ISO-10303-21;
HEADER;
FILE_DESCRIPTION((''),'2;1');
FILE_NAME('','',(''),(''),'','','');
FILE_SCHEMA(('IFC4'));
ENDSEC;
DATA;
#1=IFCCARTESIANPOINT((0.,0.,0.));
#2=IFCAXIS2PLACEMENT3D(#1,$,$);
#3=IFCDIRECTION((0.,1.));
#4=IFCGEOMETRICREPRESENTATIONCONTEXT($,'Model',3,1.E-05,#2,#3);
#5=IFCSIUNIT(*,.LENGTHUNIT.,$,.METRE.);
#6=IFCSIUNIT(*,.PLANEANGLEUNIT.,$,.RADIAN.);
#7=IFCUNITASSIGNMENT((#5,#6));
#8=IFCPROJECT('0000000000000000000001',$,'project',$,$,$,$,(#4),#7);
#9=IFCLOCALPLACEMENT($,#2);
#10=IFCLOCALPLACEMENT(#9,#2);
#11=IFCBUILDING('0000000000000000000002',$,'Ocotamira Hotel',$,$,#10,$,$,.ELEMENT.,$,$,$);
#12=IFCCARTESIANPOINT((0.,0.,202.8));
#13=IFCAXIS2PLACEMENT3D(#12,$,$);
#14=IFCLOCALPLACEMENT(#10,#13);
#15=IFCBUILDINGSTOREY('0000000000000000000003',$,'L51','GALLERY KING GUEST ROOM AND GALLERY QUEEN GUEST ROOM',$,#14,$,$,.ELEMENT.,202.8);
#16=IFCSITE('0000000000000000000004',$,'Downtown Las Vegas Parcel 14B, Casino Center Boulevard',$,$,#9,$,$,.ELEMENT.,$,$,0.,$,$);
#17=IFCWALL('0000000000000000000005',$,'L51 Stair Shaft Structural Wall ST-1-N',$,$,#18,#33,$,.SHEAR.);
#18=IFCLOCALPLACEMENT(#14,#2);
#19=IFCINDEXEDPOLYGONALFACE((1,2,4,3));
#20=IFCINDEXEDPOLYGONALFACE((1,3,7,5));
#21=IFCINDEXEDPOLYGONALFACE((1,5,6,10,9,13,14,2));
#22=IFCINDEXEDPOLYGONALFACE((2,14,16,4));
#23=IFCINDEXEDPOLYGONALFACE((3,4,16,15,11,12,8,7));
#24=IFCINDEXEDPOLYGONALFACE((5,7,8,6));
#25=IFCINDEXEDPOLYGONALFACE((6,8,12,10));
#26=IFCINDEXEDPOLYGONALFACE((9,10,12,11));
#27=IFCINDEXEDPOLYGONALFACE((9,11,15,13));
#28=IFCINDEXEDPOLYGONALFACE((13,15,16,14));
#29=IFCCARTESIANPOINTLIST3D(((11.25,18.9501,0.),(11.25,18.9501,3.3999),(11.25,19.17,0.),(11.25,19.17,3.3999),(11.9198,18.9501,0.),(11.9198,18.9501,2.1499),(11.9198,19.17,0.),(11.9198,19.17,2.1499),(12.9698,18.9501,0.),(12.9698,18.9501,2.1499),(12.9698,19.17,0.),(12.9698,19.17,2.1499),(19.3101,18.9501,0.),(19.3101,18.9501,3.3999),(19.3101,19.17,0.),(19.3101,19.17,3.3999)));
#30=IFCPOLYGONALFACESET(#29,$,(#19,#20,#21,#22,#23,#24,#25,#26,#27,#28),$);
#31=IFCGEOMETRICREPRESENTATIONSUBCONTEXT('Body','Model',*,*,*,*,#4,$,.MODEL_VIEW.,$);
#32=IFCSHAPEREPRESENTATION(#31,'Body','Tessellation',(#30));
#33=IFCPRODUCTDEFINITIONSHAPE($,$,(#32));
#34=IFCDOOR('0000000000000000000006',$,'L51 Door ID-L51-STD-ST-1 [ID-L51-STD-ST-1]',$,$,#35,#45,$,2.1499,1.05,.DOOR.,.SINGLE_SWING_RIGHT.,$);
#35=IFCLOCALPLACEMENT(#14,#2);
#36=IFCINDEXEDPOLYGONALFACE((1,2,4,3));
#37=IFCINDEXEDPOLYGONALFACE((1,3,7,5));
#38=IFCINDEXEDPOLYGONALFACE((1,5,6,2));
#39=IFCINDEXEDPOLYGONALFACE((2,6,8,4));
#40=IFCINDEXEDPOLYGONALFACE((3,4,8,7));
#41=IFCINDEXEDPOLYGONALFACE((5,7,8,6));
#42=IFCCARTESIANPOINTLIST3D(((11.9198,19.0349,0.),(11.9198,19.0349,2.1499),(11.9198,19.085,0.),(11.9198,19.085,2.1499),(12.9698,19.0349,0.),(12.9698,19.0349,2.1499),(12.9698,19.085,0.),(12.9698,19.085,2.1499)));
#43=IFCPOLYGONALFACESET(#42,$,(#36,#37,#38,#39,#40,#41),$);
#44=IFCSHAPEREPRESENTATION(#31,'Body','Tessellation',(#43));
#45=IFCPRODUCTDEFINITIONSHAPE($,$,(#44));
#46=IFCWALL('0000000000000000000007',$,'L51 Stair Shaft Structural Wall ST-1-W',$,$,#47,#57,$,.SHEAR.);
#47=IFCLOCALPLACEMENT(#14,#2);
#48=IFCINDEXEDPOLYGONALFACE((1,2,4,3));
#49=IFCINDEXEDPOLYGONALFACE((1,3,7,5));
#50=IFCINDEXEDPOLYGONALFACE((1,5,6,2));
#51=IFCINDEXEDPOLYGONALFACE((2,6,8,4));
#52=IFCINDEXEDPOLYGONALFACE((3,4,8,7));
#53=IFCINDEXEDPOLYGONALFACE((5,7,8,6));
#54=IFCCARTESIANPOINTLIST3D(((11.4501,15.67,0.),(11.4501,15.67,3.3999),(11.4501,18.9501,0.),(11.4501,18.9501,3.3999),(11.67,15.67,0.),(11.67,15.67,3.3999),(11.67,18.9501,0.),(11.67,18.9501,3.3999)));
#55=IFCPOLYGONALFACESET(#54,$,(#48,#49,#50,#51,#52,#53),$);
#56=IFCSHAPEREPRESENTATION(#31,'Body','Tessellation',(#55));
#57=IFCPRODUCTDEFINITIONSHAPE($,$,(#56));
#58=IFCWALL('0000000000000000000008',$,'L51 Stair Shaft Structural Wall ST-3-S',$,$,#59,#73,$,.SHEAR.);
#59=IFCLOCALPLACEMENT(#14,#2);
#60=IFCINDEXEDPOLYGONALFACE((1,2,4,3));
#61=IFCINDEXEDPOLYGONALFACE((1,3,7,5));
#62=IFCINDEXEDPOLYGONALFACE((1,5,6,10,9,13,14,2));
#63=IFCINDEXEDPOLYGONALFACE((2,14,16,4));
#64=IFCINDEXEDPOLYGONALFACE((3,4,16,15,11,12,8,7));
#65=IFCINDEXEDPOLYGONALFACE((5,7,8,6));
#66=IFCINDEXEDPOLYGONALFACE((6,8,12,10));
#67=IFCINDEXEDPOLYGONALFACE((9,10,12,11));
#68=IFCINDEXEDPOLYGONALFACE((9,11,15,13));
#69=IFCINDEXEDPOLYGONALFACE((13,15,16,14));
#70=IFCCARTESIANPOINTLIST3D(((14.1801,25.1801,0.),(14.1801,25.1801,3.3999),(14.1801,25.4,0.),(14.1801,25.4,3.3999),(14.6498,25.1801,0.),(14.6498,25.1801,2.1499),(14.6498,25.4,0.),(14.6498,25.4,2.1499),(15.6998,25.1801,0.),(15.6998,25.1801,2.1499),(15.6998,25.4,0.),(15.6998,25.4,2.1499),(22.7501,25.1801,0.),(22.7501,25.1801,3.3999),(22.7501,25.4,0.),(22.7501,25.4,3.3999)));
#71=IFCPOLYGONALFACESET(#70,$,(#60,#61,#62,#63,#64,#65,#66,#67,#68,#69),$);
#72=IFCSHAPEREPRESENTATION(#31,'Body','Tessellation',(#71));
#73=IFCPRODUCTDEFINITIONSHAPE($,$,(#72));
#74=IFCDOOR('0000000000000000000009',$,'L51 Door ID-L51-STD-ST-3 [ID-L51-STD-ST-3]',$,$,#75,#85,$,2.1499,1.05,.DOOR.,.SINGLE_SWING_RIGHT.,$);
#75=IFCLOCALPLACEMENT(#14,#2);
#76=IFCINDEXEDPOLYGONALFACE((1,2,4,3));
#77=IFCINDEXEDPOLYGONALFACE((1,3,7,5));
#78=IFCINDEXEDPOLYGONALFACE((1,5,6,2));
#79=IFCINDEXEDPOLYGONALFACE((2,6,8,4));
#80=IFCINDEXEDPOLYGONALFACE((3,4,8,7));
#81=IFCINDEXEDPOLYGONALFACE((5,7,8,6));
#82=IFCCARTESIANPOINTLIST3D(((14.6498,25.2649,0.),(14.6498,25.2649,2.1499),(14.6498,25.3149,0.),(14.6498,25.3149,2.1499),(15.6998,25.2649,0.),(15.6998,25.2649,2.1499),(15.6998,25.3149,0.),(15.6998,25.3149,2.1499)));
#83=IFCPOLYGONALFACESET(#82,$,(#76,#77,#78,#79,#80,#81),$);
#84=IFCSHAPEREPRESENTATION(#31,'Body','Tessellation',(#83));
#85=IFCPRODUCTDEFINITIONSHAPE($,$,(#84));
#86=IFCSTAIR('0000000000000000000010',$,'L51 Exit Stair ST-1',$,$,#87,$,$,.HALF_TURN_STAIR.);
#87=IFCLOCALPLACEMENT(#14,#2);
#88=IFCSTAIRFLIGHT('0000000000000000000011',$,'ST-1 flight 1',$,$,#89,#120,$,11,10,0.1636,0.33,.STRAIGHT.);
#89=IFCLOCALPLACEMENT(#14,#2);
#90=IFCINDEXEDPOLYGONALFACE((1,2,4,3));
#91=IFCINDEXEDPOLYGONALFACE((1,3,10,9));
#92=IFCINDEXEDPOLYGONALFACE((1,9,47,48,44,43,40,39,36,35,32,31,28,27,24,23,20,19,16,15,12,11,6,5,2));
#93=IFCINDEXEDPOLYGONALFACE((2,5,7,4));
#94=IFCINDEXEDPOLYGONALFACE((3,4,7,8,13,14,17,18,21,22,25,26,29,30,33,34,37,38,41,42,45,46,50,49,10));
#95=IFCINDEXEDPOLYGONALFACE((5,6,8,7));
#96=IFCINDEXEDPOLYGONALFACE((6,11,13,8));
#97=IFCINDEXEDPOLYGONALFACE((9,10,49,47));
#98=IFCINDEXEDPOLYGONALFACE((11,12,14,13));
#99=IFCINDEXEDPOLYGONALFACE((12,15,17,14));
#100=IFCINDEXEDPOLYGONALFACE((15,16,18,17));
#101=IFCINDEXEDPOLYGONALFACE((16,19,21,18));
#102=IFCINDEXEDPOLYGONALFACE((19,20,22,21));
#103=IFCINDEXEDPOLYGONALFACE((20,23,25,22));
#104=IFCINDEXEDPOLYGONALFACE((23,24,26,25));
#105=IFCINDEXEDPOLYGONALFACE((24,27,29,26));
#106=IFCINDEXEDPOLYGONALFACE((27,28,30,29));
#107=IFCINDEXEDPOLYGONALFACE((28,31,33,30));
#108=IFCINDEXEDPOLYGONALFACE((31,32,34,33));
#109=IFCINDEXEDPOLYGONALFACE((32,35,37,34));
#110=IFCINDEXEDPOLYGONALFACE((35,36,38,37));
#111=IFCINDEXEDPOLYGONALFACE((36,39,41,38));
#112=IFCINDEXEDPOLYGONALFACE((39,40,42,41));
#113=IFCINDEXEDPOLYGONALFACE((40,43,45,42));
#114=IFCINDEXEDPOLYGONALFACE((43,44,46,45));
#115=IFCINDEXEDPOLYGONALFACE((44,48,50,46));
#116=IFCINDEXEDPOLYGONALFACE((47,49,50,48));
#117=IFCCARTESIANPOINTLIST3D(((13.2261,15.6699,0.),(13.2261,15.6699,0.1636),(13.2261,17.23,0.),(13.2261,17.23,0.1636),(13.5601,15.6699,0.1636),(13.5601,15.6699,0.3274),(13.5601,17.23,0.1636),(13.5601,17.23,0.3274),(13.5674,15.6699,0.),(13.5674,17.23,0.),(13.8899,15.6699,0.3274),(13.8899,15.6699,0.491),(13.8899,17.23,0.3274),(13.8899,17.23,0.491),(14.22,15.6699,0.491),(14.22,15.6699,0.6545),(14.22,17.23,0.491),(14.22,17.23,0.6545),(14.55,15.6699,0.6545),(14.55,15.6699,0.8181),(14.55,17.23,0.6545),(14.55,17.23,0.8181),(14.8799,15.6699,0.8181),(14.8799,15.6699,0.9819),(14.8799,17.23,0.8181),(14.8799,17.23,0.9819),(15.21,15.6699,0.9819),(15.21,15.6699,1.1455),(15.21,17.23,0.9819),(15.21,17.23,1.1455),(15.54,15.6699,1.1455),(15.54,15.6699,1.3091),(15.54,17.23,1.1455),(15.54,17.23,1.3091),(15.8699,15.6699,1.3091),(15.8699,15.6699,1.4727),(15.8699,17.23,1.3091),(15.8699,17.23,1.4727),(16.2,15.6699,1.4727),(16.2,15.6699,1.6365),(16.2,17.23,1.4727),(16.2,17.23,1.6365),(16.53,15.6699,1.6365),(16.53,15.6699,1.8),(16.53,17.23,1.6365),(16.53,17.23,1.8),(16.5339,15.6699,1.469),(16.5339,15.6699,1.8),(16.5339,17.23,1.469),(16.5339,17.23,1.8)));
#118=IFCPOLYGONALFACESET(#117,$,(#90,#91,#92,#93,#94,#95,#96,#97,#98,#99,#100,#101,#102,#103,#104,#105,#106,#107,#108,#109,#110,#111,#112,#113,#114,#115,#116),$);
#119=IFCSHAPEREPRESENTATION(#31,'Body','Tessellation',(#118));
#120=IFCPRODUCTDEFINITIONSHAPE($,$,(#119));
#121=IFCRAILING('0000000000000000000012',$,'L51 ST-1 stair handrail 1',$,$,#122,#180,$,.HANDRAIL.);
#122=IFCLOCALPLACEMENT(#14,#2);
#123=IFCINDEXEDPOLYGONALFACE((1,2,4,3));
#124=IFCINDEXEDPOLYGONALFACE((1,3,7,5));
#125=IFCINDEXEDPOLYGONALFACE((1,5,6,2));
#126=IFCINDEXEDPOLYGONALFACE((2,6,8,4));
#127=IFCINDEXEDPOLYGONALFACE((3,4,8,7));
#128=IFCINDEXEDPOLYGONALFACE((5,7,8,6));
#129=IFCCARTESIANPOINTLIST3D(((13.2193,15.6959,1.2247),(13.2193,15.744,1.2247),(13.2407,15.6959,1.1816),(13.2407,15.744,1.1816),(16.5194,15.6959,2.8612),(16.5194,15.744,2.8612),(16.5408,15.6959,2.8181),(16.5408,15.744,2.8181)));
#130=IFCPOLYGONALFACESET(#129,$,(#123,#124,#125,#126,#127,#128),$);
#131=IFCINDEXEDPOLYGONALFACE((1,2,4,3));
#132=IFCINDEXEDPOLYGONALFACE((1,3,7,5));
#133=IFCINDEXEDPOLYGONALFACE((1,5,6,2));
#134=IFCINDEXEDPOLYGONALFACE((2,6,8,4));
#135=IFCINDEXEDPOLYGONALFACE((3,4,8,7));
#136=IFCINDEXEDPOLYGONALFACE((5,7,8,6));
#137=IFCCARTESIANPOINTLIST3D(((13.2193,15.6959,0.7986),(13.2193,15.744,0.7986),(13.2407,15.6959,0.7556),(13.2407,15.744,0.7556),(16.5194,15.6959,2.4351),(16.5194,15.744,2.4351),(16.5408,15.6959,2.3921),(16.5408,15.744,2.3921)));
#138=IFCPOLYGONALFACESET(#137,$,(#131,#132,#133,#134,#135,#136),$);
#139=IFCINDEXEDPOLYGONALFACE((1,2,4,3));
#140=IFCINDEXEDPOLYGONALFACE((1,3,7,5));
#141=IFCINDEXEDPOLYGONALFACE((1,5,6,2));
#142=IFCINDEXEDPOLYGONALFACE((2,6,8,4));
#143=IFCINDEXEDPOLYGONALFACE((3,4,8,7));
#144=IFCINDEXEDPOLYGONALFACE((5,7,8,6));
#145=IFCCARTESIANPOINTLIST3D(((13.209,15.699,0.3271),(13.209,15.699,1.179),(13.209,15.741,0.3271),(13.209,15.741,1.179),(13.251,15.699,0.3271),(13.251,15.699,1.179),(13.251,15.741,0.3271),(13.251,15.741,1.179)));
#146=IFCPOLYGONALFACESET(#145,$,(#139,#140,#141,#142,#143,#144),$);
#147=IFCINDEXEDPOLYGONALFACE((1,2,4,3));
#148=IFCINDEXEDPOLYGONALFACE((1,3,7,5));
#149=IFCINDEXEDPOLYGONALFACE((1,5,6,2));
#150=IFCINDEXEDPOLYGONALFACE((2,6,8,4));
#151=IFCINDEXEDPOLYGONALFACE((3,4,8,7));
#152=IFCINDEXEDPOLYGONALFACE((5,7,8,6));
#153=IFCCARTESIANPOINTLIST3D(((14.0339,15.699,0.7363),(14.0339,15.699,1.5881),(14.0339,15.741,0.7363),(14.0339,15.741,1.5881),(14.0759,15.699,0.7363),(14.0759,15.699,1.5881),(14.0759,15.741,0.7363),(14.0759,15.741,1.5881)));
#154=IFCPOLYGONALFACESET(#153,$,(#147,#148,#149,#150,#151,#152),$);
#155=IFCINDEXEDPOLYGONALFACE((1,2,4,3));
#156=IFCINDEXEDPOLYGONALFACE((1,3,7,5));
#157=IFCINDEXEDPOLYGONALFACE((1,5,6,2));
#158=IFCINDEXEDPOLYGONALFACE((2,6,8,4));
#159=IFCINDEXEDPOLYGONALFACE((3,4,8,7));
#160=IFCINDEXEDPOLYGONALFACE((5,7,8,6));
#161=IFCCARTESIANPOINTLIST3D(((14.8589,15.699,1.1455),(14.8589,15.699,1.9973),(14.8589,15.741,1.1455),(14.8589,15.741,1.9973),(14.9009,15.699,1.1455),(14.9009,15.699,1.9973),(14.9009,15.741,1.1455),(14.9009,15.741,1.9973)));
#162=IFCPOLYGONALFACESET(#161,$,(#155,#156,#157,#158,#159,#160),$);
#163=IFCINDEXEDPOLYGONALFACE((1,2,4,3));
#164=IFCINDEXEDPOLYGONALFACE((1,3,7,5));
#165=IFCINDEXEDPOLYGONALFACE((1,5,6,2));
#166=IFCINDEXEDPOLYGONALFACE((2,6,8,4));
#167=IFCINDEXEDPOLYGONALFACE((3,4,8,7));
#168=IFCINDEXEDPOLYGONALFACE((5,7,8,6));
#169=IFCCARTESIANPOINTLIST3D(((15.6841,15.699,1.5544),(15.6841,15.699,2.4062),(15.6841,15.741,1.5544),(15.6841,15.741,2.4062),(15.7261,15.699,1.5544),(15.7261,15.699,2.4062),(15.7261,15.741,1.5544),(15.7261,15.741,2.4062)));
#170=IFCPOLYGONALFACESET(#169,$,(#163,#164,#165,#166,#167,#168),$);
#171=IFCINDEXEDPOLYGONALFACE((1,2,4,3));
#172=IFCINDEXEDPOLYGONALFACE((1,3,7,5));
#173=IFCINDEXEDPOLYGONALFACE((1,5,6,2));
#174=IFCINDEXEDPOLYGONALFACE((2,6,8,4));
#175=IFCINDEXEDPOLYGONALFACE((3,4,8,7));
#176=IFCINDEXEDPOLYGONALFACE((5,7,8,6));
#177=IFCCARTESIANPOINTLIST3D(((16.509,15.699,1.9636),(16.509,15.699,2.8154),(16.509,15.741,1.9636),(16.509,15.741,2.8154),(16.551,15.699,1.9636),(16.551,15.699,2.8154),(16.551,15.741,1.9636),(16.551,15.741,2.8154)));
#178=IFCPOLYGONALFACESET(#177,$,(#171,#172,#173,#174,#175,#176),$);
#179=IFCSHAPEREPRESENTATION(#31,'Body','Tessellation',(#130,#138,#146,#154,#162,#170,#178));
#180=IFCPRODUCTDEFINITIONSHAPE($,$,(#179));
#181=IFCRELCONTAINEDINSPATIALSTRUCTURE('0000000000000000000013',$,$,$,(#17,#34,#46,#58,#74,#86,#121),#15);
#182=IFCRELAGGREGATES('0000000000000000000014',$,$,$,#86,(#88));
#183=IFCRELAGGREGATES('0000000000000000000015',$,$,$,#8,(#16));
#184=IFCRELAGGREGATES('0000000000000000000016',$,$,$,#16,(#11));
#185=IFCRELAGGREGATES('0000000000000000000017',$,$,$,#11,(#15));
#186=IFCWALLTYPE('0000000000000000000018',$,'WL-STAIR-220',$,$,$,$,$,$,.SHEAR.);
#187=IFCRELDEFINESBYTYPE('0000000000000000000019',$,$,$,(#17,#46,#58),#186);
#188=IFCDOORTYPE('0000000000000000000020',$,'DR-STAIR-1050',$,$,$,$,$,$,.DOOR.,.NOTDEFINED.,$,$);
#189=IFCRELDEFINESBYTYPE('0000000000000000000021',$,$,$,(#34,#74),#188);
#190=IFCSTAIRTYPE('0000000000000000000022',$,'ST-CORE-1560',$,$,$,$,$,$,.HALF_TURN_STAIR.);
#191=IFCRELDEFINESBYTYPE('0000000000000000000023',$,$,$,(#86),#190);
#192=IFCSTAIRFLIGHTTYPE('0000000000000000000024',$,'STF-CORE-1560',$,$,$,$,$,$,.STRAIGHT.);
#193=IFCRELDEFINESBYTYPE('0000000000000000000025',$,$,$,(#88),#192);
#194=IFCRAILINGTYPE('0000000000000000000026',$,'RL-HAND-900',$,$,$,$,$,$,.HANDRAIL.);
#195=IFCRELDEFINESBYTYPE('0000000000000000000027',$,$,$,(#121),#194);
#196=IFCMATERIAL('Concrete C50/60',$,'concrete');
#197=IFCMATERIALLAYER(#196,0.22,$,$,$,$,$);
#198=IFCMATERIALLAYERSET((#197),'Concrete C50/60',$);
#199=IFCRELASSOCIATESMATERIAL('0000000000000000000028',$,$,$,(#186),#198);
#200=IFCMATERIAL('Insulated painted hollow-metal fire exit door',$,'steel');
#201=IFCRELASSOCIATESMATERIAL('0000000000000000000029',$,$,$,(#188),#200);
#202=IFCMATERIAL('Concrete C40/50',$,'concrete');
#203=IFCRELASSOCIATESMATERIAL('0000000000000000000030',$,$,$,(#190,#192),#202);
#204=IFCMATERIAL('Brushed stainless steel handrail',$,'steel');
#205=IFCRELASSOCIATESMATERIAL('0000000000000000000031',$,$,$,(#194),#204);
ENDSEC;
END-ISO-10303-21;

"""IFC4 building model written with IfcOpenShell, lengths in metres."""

from ifc_helpers import new_model, si_unit, direction, frame, frame_2d, origin, origin_2d, place, context, subcontext, project, spatial, polyline, rectangle, outline, extrude, source, transform, mapped, material, layer, layer_set, type_object, element, fill, aggregate, save


model = new_model("IFC4")

# Units and contexts
model_context = context("Model", 3, precision=1e-05, world=origin(), true_north=direction((0.0, 1.0)))
body_context = subcontext(model_context, "Body", "Model", "MODEL_VIEW")
ifc_project = project(units=[si_unit("LENGTHUNIT", "METRE"), si_unit("PLANEANGLEUNIT", "RADIAN")], contexts=[model_context])

# Site, building, storey
site_placement = place(None, origin())
site = spatial("IfcSite", under=ifc_project, at=site_placement, Name="Downtown Las Vegas Parcel 14B, Casino Center Boulevard", CompositionType="ELEMENT", RefElevation=0.0)
building_placement = place(site_placement, origin())
building = spatial("IfcBuilding", under=site, at=building_placement, Name="Ocotamira Hotel", CompositionType="ELEMENT")
storey_placement = place(building_placement, frame((0.0, 0.0, 202.8)))
storey = spatial("IfcBuildingStorey", under=building, at=storey_placement, Name="L51", Description="GALLERY KING GUEST ROOM AND GALLERY QUEEN GUEST ROOM", CompositionType="ELEMENT", Elevation=202.8)

# Shared definitions
ifc_material_1 = material(Name="Concrete C50/60", Category="concrete")

# Shared definitions
ifc_layer_1 = layer(ifc_material_1, 0.22)
ifc_layer_set_1 = layer_set([ifc_layer_1], Name="Concrete C50/60")
wall_type_1 = type_object("IfcWallType", Name="WL-STAIR-220", PredefinedType="SHEAR", material=ifc_layer_set_1)

# Wall, opening, door
wall_1_placement = place(storey_placement, frame((11.25, 19.0601, 0.0), z_axis=(0.0, 0.0, 1.0), x_axis=(1.0, 0.0, 0.0)))
wall_1 = element("IfcWall", 1, at=wall_1_placement, inside=storey, type_object=wall_type_1, Name="L51 Stair Shaft Structural Wall ST-1-N", PredefinedType="SHEAR", context=body_context, shape_type="SweptSolid", body=[
    extrude(rectangle(XDim=8.0601, YDim=0.22, at=frame_2d((4.03, 0.0))), origin(), (0.0, 0.0, 1.0), 3.3999),
])
opening_1_placement = place(wall_1_placement, frame((0.6699, 0.0, 0.0)))
opening_1 = element("IfcOpeningElement", 2, at=opening_1_placement, cuts=wall_1, PredefinedType="OPENING", context=body_context, shape_type="SweptSolid", body=[
    extrude(rectangle(XDim=1.05, YDim=2.1499, at=frame_2d((0.5249, 1.075))), frame((0.0, 0.1201, 0.0), z_axis=(0.0, -1.0, 0.0), x_axis=(1.0, 0.0, 0.0)), (0.0, 0.0, 1.0), 0.24),
])
ifc_material_2 = material(Name="Insulated painted hollow-metal fire exit door", Category="steel")
door_type_1 = type_object("IfcDoorType", Name="DR-STAIR-1050", OperationType="NOTDEFINED", PredefinedType="DOOR", material=ifc_material_2)
shared_shape_1 = source(origin(), body_context, "Body", "SweptSolid", [
    extrude(rectangle(XDim=1.05, YDim=2.1499, at=frame_2d((0.5249, 1.075))), frame((0.0, 0.0249, 0.0), z_axis=(0.0, -1.0, 0.0), x_axis=(1.0, 0.0, 0.0)), (0.0, 0.0, 1.0), 0.05),
])
door_1_placement = place(opening_1_placement, origin())
door_1 = element("IfcDoor", 3, at=door_1_placement, inside=storey, type_object=door_type_1, Name="L51 Door ID-L51-STD-ST-1 [ID-L51-STD-ST-1]", OperationType="SINGLE_SWING_RIGHT", OverallHeight=2.1499, OverallWidth=1.05, PredefinedType="DOOR", context=body_context, shape_type="MappedRepresentation", body=[
    mapped(shared_shape_1, transform((0.0, 0.0, 0.0), scale=1.0)),
])
fill(opening_1, door_1)

# Wall
wall_2_placement = place(storey_placement, frame((11.5601, 15.6699, 0.0), z_axis=(0.0, 0.0, 1.0), x_axis=(0.0, 1.0, 0.0)))
element("IfcWall", 4, at=wall_2_placement, inside=storey, type_object=wall_type_1, Name="L51 Stair Shaft Structural Wall ST-1-W", PredefinedType="SHEAR", context=body_context, shape_type="SweptSolid", body=[
    extrude(rectangle(XDim=3.28, YDim=0.22, at=frame_2d((1.6401, 0.0))), origin(), (0.0, 0.0, 1.0), 3.3999),
])

# Wall, opening, door
wall_3_placement = place(storey_placement, frame((14.1799, 25.29, 0.0), z_axis=(0.0, 0.0, 1.0), x_axis=(1.0, 0.0, 0.0)))
wall_3 = element("IfcWall", 5, at=wall_3_placement, inside=storey, type_object=wall_type_1, Name="L51 Stair Shaft Structural Wall ST-3-S", PredefinedType="SHEAR", context=body_context, shape_type="SweptSolid", body=[
    extrude(rectangle(XDim=8.5701, YDim=0.22, at=frame_2d((4.2852, 0.0))), origin(), (0.0, 0.0, 1.0), 3.3999),
])
opening_2_placement = place(wall_3_placement, frame((0.47, 0.0, 0.0)))
opening_2 = element("IfcOpeningElement", 6, at=opening_2_placement, cuts=wall_3, PredefinedType="OPENING", context=body_context, shape_type="SweptSolid", body=[
    extrude(rectangle(XDim=1.05, YDim=2.1499, at=frame_2d((0.5249, 1.075))), frame((0.0, 0.1201, 0.0), z_axis=(0.0, -1.0, 0.0), x_axis=(1.0, 0.0, 0.0)), (0.0, 0.0, 1.0), 0.24),
])
door_2_placement = place(opening_2_placement, origin())
door_2 = element("IfcDoor", 7, at=door_2_placement, inside=storey, type_object=door_type_1, Name="L51 Door ID-L51-STD-ST-3 [ID-L51-STD-ST-3]", OperationType="SINGLE_SWING_RIGHT", OverallHeight=2.1499, OverallWidth=1.05, PredefinedType="DOOR", context=body_context, shape_type="MappedRepresentation", body=[
    mapped(shared_shape_1, transform((0.0, 0.0, 0.0), scale=1.0)),
])
fill(opening_2, door_2)

# Stair, stair flight
ifc_material_3 = material(Name="Concrete C40/50", Category="concrete")
stair_type = type_object("IfcStairType", Name="ST-CORE-1560", PredefinedType="HALF_TURN_STAIR", material=ifc_material_3)
stair_placement = place(storey_placement, origin())
stair = element("IfcStair", 8, at=stair_placement, inside=storey, type_object=stair_type, Name="L51 Exit Stair ST-1", PredefinedType="HALF_TURN_STAIR")
stair_flight_type = type_object("IfcStairFlightType", Name="STF-CORE-1560", PredefinedType="STRAIGHT", material=ifc_material_3)
shared_shape_2 = source(origin(), body_context, "Body", "SweptSolid", [
    extrude(outline(polyline([(-0.0039, 0.0), (-0.0039, 0.1636), (0.3301, 0.1636), (0.3301, 0.3274), (0.6599, 0.3274), (0.6599, 0.491), (0.99, 0.491), (0.99, 0.6545), (1.3201, 0.6545), (1.3201, 0.8181), (1.6499, 0.8181), (1.6499, 0.9819), (1.98, 0.9819), (1.98, 1.1455), (2.3101, 1.1455), (2.3101, 1.3091), (2.6399, 1.3091), (2.6399, 1.4727), (2.97, 1.4727), (2.97, 1.6365), (3.3, 1.6365), (3.3, 1.8), (3.304, 1.8), (3.304, 1.469), (0.3374, 0.0), (-0.0039, 0.0)])), frame((0.0, 0.78, 0.0), z_axis=(0.0, -1.0, 0.0), x_axis=(1.0, 0.0, 0.0)), (0.0, 0.0, 1.0), 1.5601),
])
stair_flight_placement = place(storey_placement, frame((13.23, 16.45, 0.0), z_axis=(0.0, 0.0, 1.0), x_axis=(1.0, 0.0, 0.0)))
stair_flight = element("IfcStairFlight", 9, at=stair_flight_placement, type_object=stair_flight_type, Name="ST-1 flight 1", NumberOfRisers=11, NumberOfTreads=10, PredefinedType="STRAIGHT", RiserHeight=0.1636, TreadLength=0.33, context=body_context, shape_type="MappedRepresentation", body=[
    mapped(shared_shape_2, transform((0.0, 0.0, 0.0), scale=1.0)),
])
aggregate(stair, [stair_flight])

# Railing
ifc_material_4 = material(Name="Brushed stainless steel handrail", Category="steel")
railing_type_1 = type_object("IfcRailingType", Name="RL-HAND-900", PredefinedType="HANDRAIL", material=ifc_material_4)
railing_1_placement = place(storey_placement, frame((13.23, 15.72, 0.3271)))
element("IfcRailing", 10, at=railing_1_placement, inside=storey, type_object=railing_type_1, Name="L51 ST-1 stair handrail 1", PredefinedType="HANDRAIL", context=body_context, shape_type="SweptSolid", body=[
    extrude(rectangle(XDim=0.0481, YDim=0.0481, at=origin_2d()), frame((0.0, 0.0, 0.876), z_axis=(0.895894, 0.0, 0.444268), x_axis=(0.0, 1.0, 0.0)), (0.0, 0.0, 1.0), 3.6836),
    extrude(rectangle(XDim=0.0481, YDim=0.0481, at=origin_2d()), frame((0.0, 0.0, 0.45), z_axis=(0.895894, 0.0, 0.444268), x_axis=(0.0, 1.0, 0.0)), (0.0, 0.0, 1.0), 3.6836),
    extrude(rectangle(XDim=0.042, YDim=0.042, at=origin_2d()), origin(), (0.0, 0.0, 1.0), 0.8518),
    extrude(rectangle(XDim=0.042, YDim=0.042, at=origin_2d()), frame((0.825, 0.0, 0.4092)), (0.0, 0.0, 1.0), 0.8518),
    extrude(rectangle(XDim=0.042, YDim=0.042, at=origin_2d()), frame((1.6499, 0.0, 0.8184)), (0.0, 0.0, 1.0), 0.8518),
    extrude(rectangle(XDim=0.042, YDim=0.042, at=origin_2d()), frame((2.4751, 0.0, 1.2273)), (0.0, 0.0, 1.0), 0.8518),
    extrude(rectangle(XDim=0.042, YDim=0.042, at=origin_2d()), frame((3.3, 0.0, 1.6365)), (0.0, 0.0, 1.0), 0.8518),
])

save(model, "model.ifc")
